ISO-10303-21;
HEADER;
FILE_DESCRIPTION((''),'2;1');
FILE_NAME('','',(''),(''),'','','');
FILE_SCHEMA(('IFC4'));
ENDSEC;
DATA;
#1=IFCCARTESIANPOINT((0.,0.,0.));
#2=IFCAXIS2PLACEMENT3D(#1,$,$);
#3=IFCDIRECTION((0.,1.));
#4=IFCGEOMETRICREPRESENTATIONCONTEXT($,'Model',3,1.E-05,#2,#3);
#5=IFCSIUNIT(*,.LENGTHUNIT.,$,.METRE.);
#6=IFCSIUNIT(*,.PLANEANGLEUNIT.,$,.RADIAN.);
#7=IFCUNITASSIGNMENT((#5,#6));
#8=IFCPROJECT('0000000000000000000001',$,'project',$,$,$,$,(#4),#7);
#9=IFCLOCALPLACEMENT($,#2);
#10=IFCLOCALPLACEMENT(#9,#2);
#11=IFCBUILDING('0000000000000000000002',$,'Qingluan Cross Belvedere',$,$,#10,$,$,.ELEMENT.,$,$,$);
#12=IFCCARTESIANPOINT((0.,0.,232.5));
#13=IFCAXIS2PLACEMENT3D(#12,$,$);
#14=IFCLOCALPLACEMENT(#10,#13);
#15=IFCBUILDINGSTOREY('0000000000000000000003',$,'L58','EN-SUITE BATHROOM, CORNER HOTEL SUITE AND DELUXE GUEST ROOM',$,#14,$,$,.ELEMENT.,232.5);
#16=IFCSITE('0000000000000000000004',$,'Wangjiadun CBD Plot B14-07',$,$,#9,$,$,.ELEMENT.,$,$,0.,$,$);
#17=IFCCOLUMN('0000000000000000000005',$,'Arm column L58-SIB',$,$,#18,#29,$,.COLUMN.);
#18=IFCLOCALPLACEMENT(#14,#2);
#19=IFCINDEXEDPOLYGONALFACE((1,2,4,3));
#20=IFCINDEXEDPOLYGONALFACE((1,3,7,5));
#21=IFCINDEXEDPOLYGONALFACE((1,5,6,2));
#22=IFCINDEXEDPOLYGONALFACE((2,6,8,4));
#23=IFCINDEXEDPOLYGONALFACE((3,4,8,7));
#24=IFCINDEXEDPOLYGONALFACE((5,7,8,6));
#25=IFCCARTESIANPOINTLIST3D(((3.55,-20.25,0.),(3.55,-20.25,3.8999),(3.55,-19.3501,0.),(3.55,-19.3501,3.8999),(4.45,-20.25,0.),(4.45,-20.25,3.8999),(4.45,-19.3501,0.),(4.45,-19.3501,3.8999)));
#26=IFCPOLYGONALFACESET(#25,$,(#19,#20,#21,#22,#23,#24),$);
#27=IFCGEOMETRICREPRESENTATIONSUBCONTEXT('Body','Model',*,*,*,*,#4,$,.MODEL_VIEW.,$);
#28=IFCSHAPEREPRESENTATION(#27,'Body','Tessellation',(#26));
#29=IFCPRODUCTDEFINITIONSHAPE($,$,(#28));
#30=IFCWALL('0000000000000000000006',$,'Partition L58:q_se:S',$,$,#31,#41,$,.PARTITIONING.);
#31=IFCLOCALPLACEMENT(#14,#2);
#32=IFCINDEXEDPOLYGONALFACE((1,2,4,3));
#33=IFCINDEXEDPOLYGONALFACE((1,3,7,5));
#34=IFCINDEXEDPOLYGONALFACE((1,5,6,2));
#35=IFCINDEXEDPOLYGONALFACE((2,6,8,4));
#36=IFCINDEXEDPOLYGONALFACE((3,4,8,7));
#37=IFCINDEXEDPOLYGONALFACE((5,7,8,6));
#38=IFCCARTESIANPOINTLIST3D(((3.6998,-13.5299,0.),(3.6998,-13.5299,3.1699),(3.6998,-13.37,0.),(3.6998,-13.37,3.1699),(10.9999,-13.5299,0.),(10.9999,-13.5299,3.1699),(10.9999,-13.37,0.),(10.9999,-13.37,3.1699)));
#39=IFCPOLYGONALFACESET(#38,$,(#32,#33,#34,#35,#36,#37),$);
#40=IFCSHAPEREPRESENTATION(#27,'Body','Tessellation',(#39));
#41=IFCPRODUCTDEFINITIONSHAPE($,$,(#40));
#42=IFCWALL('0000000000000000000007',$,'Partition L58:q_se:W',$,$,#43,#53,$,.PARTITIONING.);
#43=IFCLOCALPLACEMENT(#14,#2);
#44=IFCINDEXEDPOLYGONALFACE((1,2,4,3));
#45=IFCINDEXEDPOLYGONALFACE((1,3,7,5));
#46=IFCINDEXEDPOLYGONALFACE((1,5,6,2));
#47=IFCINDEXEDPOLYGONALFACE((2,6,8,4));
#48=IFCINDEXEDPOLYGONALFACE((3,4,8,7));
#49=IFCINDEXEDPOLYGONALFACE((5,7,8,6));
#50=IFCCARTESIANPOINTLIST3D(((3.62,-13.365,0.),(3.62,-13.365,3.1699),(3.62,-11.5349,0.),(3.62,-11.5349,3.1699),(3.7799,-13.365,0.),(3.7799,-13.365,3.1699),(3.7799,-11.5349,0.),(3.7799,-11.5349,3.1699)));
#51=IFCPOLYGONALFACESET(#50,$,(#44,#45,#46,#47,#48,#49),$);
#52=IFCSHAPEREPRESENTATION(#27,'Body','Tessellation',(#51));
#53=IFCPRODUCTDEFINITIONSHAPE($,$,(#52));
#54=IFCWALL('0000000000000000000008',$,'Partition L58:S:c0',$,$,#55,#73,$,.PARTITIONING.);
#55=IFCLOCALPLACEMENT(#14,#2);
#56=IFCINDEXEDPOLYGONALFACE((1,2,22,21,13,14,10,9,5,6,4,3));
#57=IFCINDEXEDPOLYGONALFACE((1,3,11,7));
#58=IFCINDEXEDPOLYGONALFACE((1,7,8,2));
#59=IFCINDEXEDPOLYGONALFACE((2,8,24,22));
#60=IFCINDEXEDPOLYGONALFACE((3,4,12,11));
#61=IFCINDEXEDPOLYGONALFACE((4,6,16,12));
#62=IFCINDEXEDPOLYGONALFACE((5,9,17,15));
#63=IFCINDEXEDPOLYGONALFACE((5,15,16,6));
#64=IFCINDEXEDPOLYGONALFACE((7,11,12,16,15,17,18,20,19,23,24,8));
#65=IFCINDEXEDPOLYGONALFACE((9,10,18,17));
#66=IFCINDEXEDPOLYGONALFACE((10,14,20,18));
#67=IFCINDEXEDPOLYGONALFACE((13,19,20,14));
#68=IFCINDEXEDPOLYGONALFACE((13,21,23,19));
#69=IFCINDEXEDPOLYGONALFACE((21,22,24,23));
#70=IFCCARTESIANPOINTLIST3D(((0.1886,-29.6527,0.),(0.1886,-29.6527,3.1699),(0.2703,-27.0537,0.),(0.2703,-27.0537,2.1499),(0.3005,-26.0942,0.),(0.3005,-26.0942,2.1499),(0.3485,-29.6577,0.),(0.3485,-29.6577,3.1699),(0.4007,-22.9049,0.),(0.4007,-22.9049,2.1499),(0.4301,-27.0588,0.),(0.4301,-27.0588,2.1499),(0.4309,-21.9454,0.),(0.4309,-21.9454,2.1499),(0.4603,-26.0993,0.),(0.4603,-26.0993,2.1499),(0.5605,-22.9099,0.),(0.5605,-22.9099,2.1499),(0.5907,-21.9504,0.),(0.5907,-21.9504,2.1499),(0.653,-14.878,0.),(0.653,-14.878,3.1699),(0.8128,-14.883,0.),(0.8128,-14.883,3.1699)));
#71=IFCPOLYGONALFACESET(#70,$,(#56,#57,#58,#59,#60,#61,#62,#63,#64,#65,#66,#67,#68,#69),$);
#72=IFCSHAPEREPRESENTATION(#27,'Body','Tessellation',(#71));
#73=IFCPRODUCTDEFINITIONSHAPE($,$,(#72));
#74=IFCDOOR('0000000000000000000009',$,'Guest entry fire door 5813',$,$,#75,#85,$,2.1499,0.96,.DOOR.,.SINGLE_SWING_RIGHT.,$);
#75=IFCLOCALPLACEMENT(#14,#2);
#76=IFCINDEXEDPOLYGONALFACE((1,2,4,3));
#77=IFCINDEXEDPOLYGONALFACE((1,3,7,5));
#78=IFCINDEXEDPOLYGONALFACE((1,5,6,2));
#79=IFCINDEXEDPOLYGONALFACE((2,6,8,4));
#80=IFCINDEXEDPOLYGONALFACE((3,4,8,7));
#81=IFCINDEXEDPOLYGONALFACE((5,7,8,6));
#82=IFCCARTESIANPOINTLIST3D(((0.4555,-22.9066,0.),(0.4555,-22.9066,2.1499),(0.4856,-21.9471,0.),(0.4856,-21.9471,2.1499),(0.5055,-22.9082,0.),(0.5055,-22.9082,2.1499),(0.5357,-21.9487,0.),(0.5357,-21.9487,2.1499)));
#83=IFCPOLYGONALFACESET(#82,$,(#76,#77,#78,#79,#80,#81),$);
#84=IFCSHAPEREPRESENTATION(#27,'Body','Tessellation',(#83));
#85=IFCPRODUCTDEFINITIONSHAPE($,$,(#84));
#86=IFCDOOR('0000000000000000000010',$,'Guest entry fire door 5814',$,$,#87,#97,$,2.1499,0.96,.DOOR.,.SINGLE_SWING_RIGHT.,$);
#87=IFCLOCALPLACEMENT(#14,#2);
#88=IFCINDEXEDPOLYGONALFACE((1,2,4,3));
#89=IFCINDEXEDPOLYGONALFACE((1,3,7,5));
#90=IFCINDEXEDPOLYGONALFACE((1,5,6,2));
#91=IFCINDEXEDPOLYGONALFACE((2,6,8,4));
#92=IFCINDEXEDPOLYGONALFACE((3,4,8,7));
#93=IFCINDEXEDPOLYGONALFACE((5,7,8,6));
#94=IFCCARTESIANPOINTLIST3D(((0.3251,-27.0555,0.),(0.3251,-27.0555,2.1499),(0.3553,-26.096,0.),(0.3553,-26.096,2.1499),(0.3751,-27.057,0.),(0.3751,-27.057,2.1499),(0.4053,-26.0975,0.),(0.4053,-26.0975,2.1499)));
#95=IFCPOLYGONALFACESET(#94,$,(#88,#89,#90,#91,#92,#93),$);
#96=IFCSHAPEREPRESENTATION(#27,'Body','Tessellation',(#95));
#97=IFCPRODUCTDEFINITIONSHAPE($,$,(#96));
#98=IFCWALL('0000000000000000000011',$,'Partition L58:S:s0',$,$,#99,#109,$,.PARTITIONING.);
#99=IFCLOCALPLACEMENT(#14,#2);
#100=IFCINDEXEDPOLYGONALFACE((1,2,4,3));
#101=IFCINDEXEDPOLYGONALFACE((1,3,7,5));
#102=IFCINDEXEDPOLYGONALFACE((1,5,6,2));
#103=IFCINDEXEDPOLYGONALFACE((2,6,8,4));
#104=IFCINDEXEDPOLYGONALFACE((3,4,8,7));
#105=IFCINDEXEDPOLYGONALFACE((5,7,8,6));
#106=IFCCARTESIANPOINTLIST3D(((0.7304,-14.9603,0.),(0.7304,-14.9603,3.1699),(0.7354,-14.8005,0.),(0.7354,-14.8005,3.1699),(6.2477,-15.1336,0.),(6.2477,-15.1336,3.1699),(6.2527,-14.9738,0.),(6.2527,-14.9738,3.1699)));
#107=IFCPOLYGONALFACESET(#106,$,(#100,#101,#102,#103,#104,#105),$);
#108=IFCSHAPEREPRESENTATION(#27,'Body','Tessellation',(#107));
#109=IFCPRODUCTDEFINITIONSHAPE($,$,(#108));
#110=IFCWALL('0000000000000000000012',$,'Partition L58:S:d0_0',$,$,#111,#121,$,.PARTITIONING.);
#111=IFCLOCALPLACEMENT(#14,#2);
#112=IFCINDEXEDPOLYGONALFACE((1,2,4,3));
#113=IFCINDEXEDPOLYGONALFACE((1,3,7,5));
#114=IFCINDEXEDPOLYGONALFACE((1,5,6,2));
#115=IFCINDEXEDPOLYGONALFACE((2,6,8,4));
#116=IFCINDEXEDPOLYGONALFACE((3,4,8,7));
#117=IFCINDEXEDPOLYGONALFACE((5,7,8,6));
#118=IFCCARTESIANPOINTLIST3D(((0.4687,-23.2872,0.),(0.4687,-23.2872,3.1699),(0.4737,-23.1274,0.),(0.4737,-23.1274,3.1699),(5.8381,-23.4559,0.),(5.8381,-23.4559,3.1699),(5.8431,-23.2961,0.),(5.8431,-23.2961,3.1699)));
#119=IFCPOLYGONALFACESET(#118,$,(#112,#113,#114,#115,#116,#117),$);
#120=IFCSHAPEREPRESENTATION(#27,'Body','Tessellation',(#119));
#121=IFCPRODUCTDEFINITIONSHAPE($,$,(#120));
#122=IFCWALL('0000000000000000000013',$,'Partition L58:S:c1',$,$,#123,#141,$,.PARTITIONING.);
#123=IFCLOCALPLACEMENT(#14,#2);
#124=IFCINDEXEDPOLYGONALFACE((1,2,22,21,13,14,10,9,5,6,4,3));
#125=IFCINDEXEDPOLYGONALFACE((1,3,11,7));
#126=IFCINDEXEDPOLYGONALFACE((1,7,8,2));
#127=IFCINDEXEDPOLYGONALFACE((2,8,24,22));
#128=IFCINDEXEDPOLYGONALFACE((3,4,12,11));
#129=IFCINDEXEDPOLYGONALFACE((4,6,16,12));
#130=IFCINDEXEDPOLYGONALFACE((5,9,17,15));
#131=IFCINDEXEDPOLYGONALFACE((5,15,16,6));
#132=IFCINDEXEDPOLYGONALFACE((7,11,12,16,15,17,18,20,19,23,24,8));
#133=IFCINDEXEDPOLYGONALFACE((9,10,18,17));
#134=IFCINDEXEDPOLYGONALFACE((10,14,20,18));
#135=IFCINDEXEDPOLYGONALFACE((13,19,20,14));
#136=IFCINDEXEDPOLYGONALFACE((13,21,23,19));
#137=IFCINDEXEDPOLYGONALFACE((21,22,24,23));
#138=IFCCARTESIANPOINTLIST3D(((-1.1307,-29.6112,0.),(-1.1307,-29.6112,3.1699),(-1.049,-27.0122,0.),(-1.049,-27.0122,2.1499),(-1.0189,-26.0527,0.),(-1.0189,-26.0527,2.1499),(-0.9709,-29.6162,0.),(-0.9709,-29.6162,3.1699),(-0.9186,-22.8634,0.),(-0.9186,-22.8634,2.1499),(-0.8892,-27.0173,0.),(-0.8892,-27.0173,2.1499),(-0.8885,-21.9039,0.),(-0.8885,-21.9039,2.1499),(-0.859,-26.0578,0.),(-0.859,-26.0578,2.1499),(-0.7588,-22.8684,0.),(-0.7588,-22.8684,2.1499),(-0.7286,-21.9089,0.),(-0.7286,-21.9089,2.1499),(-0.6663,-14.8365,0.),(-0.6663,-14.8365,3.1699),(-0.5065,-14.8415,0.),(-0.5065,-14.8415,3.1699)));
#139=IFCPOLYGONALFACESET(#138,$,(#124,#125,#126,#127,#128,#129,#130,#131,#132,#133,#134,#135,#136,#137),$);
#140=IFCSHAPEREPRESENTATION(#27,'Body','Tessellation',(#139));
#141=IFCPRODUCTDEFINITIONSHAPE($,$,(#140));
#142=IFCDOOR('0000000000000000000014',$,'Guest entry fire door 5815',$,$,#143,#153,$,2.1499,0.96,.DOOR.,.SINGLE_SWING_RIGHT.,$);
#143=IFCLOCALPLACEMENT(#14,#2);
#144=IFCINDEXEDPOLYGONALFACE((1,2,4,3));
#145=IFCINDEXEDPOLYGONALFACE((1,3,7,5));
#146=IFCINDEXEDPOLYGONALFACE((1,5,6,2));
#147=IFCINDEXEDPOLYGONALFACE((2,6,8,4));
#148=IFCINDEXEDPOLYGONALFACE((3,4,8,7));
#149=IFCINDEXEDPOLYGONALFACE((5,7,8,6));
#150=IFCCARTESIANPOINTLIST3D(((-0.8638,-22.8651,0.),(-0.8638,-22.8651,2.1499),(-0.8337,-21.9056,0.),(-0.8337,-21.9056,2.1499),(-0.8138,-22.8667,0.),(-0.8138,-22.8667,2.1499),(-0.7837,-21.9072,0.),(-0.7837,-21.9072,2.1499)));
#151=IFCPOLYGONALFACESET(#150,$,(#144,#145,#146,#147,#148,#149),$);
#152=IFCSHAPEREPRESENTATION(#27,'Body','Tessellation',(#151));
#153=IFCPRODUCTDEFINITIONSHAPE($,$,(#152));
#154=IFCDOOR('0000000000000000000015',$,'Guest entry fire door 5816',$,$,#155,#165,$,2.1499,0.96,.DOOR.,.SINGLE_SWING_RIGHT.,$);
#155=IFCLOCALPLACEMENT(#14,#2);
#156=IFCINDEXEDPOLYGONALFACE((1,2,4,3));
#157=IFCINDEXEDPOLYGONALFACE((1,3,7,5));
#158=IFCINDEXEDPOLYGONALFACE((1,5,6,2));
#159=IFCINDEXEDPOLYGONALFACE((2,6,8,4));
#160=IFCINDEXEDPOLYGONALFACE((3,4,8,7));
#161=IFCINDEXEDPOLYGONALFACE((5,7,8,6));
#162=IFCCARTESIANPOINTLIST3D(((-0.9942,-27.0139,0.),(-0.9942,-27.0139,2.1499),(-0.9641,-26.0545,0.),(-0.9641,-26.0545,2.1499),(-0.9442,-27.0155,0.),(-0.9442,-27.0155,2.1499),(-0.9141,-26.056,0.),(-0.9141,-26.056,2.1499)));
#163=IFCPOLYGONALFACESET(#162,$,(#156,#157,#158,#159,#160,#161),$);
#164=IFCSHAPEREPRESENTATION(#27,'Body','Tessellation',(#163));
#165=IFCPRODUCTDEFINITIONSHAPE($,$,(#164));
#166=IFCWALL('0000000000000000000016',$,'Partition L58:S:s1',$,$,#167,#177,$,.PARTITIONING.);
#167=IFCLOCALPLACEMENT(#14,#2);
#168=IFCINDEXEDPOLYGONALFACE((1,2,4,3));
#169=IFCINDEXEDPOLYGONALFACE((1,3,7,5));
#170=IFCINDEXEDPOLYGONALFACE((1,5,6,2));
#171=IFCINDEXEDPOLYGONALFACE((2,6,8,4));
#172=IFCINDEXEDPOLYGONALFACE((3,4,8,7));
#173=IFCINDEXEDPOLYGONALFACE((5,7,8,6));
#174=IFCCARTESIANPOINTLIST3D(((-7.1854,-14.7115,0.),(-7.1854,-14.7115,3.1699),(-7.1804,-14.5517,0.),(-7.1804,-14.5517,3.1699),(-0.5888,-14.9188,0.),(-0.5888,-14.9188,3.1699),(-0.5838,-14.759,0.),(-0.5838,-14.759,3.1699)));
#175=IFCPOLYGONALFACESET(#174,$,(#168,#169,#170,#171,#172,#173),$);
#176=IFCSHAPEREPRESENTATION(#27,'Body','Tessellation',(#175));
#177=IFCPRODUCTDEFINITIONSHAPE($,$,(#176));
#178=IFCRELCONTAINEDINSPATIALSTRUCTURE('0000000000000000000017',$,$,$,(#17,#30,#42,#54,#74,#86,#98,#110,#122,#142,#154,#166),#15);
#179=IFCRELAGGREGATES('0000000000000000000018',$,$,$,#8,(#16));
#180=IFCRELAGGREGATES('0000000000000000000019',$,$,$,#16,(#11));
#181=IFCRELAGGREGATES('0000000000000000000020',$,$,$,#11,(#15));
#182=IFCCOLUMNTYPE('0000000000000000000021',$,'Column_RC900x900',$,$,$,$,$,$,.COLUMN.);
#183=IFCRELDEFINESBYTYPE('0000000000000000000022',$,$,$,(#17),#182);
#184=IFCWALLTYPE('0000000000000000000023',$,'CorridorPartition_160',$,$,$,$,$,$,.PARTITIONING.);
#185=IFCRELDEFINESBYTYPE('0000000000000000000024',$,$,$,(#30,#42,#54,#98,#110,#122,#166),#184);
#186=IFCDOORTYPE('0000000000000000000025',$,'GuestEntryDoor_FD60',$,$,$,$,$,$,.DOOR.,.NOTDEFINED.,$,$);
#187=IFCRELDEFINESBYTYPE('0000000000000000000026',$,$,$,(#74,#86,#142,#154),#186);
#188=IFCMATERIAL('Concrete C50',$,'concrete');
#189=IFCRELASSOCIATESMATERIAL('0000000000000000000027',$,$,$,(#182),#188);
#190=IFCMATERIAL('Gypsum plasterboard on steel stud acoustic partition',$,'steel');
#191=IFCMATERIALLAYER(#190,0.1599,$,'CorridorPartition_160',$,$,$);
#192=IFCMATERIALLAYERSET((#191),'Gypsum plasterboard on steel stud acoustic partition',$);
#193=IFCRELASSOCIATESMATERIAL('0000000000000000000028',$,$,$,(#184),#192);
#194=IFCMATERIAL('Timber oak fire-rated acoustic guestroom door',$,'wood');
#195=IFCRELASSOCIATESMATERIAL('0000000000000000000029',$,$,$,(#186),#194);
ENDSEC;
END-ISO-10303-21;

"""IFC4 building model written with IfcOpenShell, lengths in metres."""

from ifc_helpers import new_model, si_unit, direction, frame, frame_2d, origin, origin_2d, place, context, subcontext, project, spatial, rectangle, extrude, material, layer, layer_set, material_profile, profile_set, type_object, element, fill, save


model = new_model("IFC4")

# Units and contexts
model_context = context("Model", 3, precision=1e-05, world=origin(), true_north=direction((0.0, 1.0)))
body_context = subcontext(model_context, "Body", "Model", "MODEL_VIEW")
ifc_project = project(units=[si_unit("LENGTHUNIT", "METRE"), si_unit("PLANEANGLEUNIT", "RADIAN")], contexts=[model_context])

# Site, building, storey
site_placement = place(None, origin())
site = spatial("IfcSite", under=ifc_project, at=site_placement, Name="Wangjiadun CBD Plot B14-07", CompositionType="ELEMENT", RefElevation=0.0)
building_placement = place(site_placement, origin())
building = spatial("IfcBuilding", under=site, at=building_placement, Name="Qingluan Cross Belvedere", CompositionType="ELEMENT")
storey_placement = place(building_placement, frame((0.0, 0.0, 232.5)))
storey = spatial("IfcBuildingStorey", under=building, at=storey_placement, Name="L58", Description="EN-SUITE BATHROOM, CORNER HOTEL SUITE AND DELUXE GUEST ROOM", CompositionType="ELEMENT", Elevation=232.5)

# Column
ifc_material_1 = material(Name="Concrete C50", Category="concrete")
ifc_material_profile = material_profile(ifc_material_1, rectangle(XDim=0.8999, YDim=0.8999, at=origin_2d()), Name="RC900x900")
ifc_profile_set = profile_set([ifc_material_profile], Name="Concrete C50")
column_type = type_object("IfcColumnType", Name="Column_RC900x900", PredefinedType="COLUMN", material=ifc_profile_set)
column_placement = place(storey_placement, frame((4.0, -19.8, 0.0), z_axis=(0.0, 0.0, 1.0), x_axis=(1.0, 0.0, 0.0)))
element("IfcColumn", 1, at=column_placement, inside=storey, type_object=column_type, Name="Arm column L58-SIB", PredefinedType="COLUMN", context=body_context, shape_type="SweptSolid", body=[
    extrude(rectangle(XDim=0.8999, YDim=0.8999, at=origin_2d()), origin(), (0.0, 0.0, 1.0), 3.8999),
])

# Walls
ifc_material_2 = material(Name="Gypsum plasterboard on steel stud acoustic partition", Category="steel")
ifc_layer_1 = layer(ifc_material_2, 0.1599, Name="CorridorPartition_160")
ifc_layer_set_1 = layer_set([ifc_layer_1], Name="Gypsum plasterboard on steel stud acoustic partition")
wall_type_1 = type_object("IfcWallType", Name="CorridorPartition_160", PredefinedType="PARTITIONING", material=ifc_layer_set_1)
wall_1_placement = place(storey_placement, frame((3.7, -13.45, 0.0), z_axis=(0.0, 0.0, 1.0), x_axis=(1.0, 0.0, 0.0)))
element("IfcWall", 2, at=wall_1_placement, inside=storey, type_object=wall_type_1, Name="Partition L58:q_se:S", PredefinedType="PARTITIONING", context=body_context, shape_type="SweptSolid", body=[
    extrude(rectangle(XDim=7.3, YDim=0.1599, at=frame_2d((3.6499, 0.0))), origin(), (0.0, 0.0, 1.0), 3.1699),
])
wall_2_placement = place(storey_placement, frame((3.7, -13.365, 0.0), z_axis=(0.0, 0.0, 1.0), x_axis=(0.0, 1.0, 0.0)))
element("IfcWall", 3, at=wall_2_placement, inside=storey, type_object=wall_type_1, Name="Partition L58:q_se:W", PredefinedType="PARTITIONING", context=body_context, shape_type="SweptSolid", body=[
    extrude(rectangle(XDim=1.8301, YDim=0.1599, at=frame_2d((0.915, 0.0))), origin(), (0.0, 0.0, 1.0), 3.1699),
])

# Wall, openings, doors
wall_3_placement = place(storey_placement, frame((0.7329, -14.8804, 0.0), z_axis=(0.0, 0.0, 1.0), x_axis=(-0.031414, -0.999506, 0.0)))
wall_3 = element("IfcWall", 4, at=wall_3_placement, inside=storey, type_object=wall_type_1, Name="Partition L58:S:c0", PredefinedType="PARTITIONING", context=body_context, shape_type="SweptSolid", body=[
    extrude(rectangle(XDim=14.782, YDim=0.1599, at=frame_2d((7.3911, 0.0))), origin(), (0.0, 0.0, 1.0), 3.1699),
])
opening_1_placement = place(wall_3_placement, frame((7.071, 0.0, 0.0)))
opening_1 = element("IfcOpeningElement", 5, at=opening_1_placement, cuts=wall_3, PredefinedType="OPENING", context=body_context, shape_type="SweptSolid", body=[
    extrude(rectangle(XDim=0.96, YDim=2.1499, at=frame_2d((0.48, 1.075))), frame((0.0, 0.0898, 0.0), z_axis=(0.0, -1.0, 0.0), x_axis=(1.0, 0.0, 0.0)), (0.0, 0.0, 1.0), 0.1799),
])
opening_2_placement = place(wall_3_placement, frame((11.2219, 0.0, 0.0)))
opening_2 = element("IfcOpeningElement", 6, at=opening_2_placement, cuts=wall_3, PredefinedType="OPENING", context=body_context, shape_type="SweptSolid", body=[
    extrude(rectangle(XDim=0.96, YDim=2.1499, at=frame_2d((0.48, 1.075))), frame((0.0, 0.0898, 0.0), z_axis=(0.0, -1.0, 0.0), x_axis=(1.0, 0.0, 0.0)), (0.0, 0.0, 1.0), 0.1799),
])
ifc_material_3 = material(Name="Timber oak fire-rated acoustic guestroom door", Category="wood")
door_type_1 = type_object("IfcDoorType", Name="GuestEntryDoor_FD60", OperationType="NOTDEFINED", PredefinedType="DOOR", material=ifc_material_3)
door_1_placement = place(opening_1_placement, origin())
door_1 = element("IfcDoor", 7, at=door_1_placement, inside=storey, type_object=door_type_1, Name="Guest entry fire door 5813", OperationType="SINGLE_SWING_RIGHT", OverallHeight=2.1499, OverallWidth=0.96, PredefinedType="DOOR", context=body_context, shape_type="SweptSolid", body=[
    extrude(rectangle(XDim=0.96, YDim=2.1499, at=frame_2d((0.48, 1.075))), frame((0.0, 0.0249, 0.0), z_axis=(0.0, -1.0, 0.0), x_axis=(1.0, 0.0, 0.0)), (0.0, 0.0, 1.0), 0.05),
])
fill(opening_1, door_1)
door_2_placement = place(opening_2_placement, origin())
door_2 = element("IfcDoor", 8, at=door_2_placement, inside=storey, type_object=door_type_1, Name="Guest entry fire door 5814", OperationType="SINGLE_SWING_RIGHT", OverallHeight=2.1499, OverallWidth=0.96, PredefinedType="DOOR", context=body_context, shape_type="SweptSolid", body=[
    extrude(rectangle(XDim=0.96, YDim=2.1499, at=frame_2d((0.48, 1.075))), frame((0.0, 0.0249, 0.0), z_axis=(0.0, -1.0, 0.0), x_axis=(1.0, 0.0, 0.0)), (0.0, 0.0, 1.0), 0.05),
])
fill(opening_2, door_2)

# Walls
wall_4_placement = place(storey_placement, frame((0.7329, -14.8804, 0.0), z_axis=(0.0, 0.0, 1.0), x_axis=(0.999507, -0.031402, 0.0)))
element("IfcWall", 9, at=wall_4_placement, inside=storey, type_object=wall_type_1, Name="Partition L58:S:s0", PredefinedType="PARTITIONING", context=body_context, shape_type="SweptSolid", body=[
    extrude(rectangle(XDim=5.52, YDim=0.1599, at=frame_2d((2.76, 0.0))), origin(), (0.0, 0.0, 1.0), 3.1699),
])
wall_5_placement = place(storey_placement, frame((0.4712, -23.2073, 0.0), z_axis=(0.0, 0.0, 1.0), x_axis=(0.999507, -0.031404, 0.0)))
element("IfcWall", 10, at=wall_5_placement, inside=storey, type_object=wall_type_1, Name="Partition L58:S:d0_0", PredefinedType="PARTITIONING", context=body_context, shape_type="SweptSolid", body=[
    extrude(rectangle(XDim=5.3721, YDim=0.1599, at=frame_2d((2.686, 0.0))), origin(), (0.0, 0.0, 1.0), 3.1699),
])

# Wall, openings, doors
wall_6_placement = place(storey_placement, frame((-0.5864, -14.8389, 0.0), z_axis=(0.0, 0.0, 1.0), x_axis=(-0.031414, -0.999506, 0.0)))
wall_6 = element("IfcWall", 11, at=wall_6_placement, inside=storey, type_object=wall_type_1, Name="Partition L58:S:c1", PredefinedType="PARTITIONING", context=body_context, shape_type="SweptSolid", body=[
    extrude(rectangle(XDim=14.782, YDim=0.1599, at=frame_2d((7.3911, 0.0))), origin(), (0.0, 0.0, 1.0), 3.1699),
])
opening_3_placement = place(wall_6_placement, frame((7.071, 0.0, 0.0)))
opening_3 = element("IfcOpeningElement", 12, at=opening_3_placement, cuts=wall_6, PredefinedType="OPENING", context=body_context, shape_type="SweptSolid", body=[
    extrude(rectangle(XDim=0.96, YDim=2.1499, at=frame_2d((0.48, 1.075))), frame((0.0, 0.0898, 0.0), z_axis=(0.0, -1.0, 0.0), x_axis=(1.0, 0.0, 0.0)), (0.0, 0.0, 1.0), 0.1799),
])
opening_4_placement = place(wall_6_placement, frame((11.2219, 0.0, 0.0)))
opening_4 = element("IfcOpeningElement", 13, at=opening_4_placement, cuts=wall_6, PredefinedType="OPENING", context=body_context, shape_type="SweptSolid", body=[
    extrude(rectangle(XDim=0.96, YDim=2.1499, at=frame_2d((0.48, 1.075))), frame((0.0, 0.0898, 0.0), z_axis=(0.0, -1.0, 0.0), x_axis=(1.0, 0.0, 0.0)), (0.0, 0.0, 1.0), 0.1799),
])
door_3_placement = place(opening_3_placement, origin())
door_3 = element("IfcDoor", 14, at=door_3_placement, inside=storey, type_object=door_type_1, Name="Guest entry fire door 5815", OperationType="SINGLE_SWING_RIGHT", OverallHeight=2.1499, OverallWidth=0.96, PredefinedType="DOOR", context=body_context, shape_type="SweptSolid", body=[
    extrude(rectangle(XDim=0.96, YDim=2.1499, at=frame_2d((0.48, 1.075))), frame((0.0, 0.0249, 0.0), z_axis=(0.0, -1.0, 0.0), x_axis=(1.0, 0.0, 0.0)), (0.0, 0.0, 1.0), 0.05),
])
fill(opening_3, door_3)
door_4_placement = place(opening_4_placement, origin())
door_4 = element("IfcDoor", 15, at=door_4_placement, inside=storey, type_object=door_type_1, Name="Guest entry fire door 5816", OperationType="SINGLE_SWING_RIGHT", OverallHeight=2.1499, OverallWidth=0.96, PredefinedType="DOOR", context=body_context, shape_type="SweptSolid", body=[
    extrude(rectangle(XDim=0.96, YDim=2.1499, at=frame_2d((0.48, 1.075))), frame((0.0, 0.0249, 0.0), z_axis=(0.0, -1.0, 0.0), x_axis=(1.0, 0.0, 0.0)), (0.0, 0.0, 1.0), 0.05),
])
fill(opening_4, door_4)

# Wall
wall_7_placement = place(storey_placement, frame((-0.5864, -14.8389, 0.0), z_axis=(0.0, 0.0, 1.0), x_axis=(-0.999507, 0.031406, 0.0)))
element("IfcWall", 16, at=wall_7_placement, inside=storey, type_object=wall_type_1, Name="Partition L58:S:s1", PredefinedType="PARTITIONING", context=body_context, shape_type="SweptSolid", body=[
    extrude(rectangle(XDim=6.5999, YDim=0.1599, at=frame_2d((3.2998, 0.0))), origin(), (0.0, 0.0, 1.0), 3.1699),
])

save(model, "model.ifc")
